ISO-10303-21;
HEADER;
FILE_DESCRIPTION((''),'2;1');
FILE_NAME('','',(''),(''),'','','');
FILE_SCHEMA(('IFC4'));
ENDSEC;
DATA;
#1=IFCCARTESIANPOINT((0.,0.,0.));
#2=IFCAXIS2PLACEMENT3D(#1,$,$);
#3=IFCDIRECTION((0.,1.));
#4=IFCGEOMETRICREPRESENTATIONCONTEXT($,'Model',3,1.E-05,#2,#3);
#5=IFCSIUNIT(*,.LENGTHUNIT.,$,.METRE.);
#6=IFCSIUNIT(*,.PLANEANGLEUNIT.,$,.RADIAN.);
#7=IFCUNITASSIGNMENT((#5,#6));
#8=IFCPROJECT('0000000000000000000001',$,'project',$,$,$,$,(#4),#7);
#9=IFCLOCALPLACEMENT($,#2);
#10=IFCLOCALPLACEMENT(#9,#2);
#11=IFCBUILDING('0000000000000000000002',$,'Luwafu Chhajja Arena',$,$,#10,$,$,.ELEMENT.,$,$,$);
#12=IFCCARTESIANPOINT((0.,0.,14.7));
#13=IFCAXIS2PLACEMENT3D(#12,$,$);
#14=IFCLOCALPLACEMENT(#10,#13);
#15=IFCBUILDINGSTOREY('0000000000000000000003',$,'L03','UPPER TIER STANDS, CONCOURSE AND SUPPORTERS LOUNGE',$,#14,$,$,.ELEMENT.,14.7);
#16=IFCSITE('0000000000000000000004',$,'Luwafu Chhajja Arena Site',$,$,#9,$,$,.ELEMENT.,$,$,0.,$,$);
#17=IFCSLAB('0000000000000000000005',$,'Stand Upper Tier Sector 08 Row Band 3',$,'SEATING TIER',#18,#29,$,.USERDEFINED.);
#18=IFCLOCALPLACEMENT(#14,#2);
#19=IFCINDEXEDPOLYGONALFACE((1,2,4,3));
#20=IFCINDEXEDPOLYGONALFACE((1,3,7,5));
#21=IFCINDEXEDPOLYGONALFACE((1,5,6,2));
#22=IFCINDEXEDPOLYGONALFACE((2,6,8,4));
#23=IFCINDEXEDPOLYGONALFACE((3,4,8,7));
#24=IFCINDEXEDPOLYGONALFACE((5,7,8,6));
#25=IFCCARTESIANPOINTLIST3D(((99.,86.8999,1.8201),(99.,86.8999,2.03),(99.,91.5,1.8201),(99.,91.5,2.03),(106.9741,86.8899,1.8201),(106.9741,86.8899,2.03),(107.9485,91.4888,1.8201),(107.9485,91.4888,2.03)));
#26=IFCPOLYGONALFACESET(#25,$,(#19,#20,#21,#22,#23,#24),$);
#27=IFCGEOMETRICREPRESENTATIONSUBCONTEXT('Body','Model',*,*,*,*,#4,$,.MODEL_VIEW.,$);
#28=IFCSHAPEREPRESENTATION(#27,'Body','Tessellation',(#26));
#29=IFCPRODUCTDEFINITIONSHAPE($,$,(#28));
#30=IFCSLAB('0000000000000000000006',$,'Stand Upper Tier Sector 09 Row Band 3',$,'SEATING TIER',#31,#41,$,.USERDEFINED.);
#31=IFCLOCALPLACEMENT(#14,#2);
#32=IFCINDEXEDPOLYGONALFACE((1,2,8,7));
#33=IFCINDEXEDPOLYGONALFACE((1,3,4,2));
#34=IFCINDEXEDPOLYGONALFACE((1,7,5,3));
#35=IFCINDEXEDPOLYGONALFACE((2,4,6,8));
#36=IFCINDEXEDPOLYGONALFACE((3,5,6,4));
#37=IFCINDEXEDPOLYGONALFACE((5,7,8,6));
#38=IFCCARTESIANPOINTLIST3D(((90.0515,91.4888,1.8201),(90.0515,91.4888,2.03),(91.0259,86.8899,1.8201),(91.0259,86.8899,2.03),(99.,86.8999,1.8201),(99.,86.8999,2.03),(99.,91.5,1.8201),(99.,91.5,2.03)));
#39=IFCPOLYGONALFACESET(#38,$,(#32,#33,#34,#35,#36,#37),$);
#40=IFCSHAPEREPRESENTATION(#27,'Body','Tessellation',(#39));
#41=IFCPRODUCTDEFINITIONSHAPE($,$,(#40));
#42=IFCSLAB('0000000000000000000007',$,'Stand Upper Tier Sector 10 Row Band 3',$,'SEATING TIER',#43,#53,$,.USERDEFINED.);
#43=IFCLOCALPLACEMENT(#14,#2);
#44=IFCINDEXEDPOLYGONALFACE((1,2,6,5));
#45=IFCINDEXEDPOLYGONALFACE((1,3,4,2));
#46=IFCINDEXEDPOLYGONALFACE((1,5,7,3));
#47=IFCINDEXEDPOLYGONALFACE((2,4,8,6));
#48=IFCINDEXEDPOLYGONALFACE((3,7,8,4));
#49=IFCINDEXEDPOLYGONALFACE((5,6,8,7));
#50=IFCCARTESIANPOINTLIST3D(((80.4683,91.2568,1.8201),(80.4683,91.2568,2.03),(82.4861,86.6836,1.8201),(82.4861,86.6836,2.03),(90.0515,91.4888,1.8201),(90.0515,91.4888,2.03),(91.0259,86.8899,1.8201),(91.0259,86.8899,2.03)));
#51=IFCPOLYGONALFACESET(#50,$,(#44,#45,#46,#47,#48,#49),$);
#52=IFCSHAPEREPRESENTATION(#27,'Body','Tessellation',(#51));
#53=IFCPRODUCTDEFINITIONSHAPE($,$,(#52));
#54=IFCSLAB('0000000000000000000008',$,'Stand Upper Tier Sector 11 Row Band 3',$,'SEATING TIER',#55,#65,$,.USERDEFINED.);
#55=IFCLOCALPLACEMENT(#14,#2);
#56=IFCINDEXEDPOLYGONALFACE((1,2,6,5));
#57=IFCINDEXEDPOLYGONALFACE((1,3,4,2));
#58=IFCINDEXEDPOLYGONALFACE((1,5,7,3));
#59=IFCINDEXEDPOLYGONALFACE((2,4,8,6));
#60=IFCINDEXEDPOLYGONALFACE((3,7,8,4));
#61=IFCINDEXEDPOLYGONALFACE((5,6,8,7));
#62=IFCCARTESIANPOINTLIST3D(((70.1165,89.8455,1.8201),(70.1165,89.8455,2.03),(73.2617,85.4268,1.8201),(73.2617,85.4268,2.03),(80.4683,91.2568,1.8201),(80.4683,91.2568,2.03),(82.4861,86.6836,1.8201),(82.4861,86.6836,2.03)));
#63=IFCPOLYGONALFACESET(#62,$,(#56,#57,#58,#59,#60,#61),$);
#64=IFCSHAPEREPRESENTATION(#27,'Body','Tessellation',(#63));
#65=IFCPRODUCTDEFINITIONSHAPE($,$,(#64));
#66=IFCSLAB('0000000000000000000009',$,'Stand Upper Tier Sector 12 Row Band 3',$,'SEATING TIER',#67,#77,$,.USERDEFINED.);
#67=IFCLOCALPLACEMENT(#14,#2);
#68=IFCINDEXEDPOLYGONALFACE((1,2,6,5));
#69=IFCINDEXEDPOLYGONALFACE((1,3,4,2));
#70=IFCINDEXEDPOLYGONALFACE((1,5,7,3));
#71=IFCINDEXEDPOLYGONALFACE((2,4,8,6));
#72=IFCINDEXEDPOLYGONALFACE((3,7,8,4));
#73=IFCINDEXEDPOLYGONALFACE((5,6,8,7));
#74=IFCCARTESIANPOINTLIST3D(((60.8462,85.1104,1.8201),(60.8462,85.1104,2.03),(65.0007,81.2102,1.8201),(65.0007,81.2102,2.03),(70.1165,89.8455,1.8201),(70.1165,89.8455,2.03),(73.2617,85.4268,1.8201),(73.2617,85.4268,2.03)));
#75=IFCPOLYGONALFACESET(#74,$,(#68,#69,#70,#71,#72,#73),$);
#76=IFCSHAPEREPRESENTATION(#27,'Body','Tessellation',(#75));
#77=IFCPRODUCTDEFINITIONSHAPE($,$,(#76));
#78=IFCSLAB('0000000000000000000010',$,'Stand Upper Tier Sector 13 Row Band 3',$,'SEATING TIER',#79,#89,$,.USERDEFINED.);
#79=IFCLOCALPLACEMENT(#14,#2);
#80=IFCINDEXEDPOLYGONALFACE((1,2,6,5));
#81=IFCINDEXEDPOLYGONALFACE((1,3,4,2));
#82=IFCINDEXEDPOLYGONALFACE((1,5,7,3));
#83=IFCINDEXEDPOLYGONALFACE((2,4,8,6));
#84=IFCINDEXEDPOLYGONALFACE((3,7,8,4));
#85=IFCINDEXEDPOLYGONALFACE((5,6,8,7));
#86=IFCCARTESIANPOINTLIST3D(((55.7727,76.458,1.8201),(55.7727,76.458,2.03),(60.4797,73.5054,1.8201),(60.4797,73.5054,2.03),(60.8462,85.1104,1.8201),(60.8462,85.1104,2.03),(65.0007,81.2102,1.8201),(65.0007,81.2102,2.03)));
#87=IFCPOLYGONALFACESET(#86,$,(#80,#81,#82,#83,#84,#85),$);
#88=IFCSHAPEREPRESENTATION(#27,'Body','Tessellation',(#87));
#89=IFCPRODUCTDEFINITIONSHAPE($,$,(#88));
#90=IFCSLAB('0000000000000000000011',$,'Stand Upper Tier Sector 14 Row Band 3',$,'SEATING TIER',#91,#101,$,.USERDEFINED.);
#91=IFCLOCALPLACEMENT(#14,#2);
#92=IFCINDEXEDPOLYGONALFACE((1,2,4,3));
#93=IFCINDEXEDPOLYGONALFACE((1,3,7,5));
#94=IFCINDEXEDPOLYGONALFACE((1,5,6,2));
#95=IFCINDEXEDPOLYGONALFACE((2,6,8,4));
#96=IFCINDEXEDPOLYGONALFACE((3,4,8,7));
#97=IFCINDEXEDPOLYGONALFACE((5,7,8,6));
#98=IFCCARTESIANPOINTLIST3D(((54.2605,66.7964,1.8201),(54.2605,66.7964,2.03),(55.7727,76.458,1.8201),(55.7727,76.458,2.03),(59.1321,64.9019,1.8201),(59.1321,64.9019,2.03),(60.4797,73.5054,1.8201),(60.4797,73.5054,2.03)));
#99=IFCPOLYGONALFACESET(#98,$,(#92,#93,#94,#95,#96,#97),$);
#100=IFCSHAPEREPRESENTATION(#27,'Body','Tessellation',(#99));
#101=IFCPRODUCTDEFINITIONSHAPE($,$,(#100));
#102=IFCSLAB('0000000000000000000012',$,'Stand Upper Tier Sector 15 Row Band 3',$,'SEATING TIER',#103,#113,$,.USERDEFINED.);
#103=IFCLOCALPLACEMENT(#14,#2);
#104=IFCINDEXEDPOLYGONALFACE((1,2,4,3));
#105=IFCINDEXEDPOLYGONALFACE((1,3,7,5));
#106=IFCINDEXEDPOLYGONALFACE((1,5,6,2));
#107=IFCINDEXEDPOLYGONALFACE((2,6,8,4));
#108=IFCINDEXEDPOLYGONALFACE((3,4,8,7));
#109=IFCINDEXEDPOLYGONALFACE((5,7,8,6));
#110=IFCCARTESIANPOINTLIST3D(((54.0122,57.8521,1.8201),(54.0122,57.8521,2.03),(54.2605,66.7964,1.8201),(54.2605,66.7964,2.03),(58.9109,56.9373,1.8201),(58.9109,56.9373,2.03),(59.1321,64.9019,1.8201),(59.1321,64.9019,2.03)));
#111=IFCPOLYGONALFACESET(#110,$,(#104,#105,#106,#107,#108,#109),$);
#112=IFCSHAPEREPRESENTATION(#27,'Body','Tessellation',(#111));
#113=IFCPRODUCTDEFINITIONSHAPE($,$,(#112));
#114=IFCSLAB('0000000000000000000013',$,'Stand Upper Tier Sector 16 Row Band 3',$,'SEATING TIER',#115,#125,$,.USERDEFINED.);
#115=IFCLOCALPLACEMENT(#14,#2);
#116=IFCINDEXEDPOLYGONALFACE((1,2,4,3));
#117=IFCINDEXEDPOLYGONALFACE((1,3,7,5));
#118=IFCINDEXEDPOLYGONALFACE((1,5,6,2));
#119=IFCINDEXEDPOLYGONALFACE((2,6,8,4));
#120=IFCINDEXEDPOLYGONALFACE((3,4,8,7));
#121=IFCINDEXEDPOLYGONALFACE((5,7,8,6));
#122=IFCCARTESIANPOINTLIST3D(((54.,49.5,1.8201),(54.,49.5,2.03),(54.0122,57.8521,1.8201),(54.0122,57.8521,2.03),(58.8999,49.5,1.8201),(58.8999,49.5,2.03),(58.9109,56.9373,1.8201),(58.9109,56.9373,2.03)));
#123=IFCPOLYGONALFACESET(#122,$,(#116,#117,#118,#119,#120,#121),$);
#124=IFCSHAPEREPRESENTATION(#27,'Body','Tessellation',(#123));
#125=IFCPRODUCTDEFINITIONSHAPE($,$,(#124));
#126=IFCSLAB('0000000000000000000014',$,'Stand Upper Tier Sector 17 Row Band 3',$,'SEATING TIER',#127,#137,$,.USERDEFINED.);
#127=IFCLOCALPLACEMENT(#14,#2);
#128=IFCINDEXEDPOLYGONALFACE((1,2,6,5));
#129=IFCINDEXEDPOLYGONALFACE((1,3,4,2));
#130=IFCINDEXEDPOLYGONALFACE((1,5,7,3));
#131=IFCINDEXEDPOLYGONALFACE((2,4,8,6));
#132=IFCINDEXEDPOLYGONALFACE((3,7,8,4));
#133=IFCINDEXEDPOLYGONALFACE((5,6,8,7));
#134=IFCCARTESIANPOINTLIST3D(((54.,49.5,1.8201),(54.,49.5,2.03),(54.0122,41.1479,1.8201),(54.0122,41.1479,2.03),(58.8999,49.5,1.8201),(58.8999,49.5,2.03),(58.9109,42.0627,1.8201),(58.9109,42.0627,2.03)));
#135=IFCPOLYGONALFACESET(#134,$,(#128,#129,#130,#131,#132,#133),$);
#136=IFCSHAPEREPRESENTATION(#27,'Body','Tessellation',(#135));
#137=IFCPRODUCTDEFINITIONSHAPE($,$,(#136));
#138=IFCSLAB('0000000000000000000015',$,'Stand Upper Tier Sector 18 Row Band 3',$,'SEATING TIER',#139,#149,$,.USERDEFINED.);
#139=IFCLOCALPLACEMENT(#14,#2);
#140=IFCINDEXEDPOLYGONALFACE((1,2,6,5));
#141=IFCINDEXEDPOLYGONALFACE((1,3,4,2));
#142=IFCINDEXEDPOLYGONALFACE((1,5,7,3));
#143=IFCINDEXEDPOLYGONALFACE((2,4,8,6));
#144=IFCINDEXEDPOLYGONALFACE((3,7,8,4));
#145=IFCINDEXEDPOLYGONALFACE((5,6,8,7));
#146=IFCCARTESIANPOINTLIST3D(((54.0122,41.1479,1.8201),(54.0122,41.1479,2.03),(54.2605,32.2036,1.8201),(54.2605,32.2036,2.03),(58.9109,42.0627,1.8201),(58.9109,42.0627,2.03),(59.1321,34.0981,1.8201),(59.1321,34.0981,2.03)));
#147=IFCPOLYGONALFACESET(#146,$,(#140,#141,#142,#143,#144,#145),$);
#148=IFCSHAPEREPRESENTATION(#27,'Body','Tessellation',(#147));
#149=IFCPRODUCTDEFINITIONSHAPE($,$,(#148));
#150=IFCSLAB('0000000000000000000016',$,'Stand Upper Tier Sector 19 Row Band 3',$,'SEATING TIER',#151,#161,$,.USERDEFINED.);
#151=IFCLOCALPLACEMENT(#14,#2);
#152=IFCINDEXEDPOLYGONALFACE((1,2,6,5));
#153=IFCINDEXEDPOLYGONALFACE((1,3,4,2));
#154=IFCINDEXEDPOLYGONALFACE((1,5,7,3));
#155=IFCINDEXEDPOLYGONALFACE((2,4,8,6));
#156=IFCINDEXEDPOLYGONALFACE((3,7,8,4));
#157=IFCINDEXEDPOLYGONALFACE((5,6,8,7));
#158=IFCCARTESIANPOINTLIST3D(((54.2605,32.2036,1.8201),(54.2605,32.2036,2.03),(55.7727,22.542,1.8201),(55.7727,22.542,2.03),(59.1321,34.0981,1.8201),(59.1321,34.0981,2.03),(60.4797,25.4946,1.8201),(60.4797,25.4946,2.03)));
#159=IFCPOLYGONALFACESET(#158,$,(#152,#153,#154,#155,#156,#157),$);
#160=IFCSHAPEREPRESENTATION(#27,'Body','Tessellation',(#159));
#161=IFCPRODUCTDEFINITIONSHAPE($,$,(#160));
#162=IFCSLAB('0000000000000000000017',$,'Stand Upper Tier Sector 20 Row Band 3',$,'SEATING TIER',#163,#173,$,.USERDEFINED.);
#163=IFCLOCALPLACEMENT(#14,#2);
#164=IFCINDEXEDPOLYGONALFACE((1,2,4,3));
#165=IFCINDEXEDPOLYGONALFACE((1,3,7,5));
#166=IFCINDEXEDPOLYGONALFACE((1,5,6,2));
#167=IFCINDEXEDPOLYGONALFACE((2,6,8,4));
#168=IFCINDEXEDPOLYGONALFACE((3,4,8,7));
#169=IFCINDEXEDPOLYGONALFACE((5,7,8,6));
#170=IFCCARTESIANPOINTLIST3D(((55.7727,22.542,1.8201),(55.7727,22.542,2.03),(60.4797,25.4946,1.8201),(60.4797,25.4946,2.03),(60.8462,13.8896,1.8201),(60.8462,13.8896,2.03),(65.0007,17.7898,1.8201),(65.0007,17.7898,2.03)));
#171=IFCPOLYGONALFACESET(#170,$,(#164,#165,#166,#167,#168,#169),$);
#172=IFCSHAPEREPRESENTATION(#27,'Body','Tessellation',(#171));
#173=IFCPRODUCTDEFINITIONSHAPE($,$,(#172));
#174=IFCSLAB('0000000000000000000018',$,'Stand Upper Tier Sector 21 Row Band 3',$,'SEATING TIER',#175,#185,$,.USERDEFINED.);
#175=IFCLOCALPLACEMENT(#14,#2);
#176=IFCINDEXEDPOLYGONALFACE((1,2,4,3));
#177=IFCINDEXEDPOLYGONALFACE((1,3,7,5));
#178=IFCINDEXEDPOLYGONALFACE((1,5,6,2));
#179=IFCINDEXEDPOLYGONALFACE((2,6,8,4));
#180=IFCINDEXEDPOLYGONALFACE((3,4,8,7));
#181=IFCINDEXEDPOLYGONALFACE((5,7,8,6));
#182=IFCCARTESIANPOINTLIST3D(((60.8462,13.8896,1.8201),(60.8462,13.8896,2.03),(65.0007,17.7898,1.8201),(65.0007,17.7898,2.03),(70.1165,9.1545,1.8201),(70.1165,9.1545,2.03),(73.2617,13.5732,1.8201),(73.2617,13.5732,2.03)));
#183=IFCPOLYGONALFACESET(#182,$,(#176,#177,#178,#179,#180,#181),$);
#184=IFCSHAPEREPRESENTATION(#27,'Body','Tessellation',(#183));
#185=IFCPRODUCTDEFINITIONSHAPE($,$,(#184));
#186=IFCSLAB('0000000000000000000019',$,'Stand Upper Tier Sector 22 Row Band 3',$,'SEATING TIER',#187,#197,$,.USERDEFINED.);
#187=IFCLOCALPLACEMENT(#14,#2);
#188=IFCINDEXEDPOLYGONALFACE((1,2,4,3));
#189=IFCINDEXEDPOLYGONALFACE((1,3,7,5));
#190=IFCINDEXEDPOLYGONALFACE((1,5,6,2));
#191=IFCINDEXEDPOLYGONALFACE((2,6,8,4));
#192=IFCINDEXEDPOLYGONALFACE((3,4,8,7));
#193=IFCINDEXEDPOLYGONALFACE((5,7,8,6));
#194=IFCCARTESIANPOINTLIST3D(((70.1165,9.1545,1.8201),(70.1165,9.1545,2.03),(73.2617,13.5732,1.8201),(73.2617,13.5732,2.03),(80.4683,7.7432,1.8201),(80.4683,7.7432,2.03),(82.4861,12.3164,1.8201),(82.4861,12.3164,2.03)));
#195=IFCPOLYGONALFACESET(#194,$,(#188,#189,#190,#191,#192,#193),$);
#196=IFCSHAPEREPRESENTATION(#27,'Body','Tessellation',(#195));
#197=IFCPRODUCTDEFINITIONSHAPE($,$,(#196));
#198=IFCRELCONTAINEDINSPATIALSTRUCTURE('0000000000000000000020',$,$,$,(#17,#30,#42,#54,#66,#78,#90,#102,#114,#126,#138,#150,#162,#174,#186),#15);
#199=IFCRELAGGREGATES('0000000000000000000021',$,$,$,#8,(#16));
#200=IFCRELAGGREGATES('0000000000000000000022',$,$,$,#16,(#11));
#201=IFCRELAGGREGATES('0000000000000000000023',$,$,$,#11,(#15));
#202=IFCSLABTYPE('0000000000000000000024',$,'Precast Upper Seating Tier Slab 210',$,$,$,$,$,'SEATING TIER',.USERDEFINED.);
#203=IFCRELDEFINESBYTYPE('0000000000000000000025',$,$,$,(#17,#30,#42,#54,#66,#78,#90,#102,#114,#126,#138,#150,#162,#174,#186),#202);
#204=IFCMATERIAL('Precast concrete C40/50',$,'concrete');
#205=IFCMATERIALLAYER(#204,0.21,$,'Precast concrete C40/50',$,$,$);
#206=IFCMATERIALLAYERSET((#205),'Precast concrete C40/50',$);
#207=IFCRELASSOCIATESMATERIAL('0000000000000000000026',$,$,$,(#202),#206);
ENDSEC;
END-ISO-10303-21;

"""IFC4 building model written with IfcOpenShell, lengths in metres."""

from ifc_helpers import new_model, si_unit, direction, frame, origin, place, context, subcontext, project, spatial, polyline, outline, extrude, material, layer, layer_set, type_object, element, save


model = new_model("IFC4")

# Units and contexts
model_context = context("Model", 3, precision=1e-05, world=origin(), true_north=direction((0.0, 1.0)))
body_context = subcontext(model_context, "Body", "Model", "MODEL_VIEW")
ifc_project = project(units=[si_unit("LENGTHUNIT", "METRE"), si_unit("PLANEANGLEUNIT", "RADIAN")], contexts=[model_context])

# Site, building, storey
site_placement = place(None, origin())
site = spatial("IfcSite", under=ifc_project, at=site_placement, Name="Luwafu Chhajja Arena Site", CompositionType="ELEMENT", RefElevation=0.0)
building_placement = place(site_placement, origin())
building = spatial("IfcBuilding", under=site, at=building_placement, Name="Luwafu Chhajja Arena", CompositionType="ELEMENT")
storey_placement = place(building_placement, frame((0.0, 0.0, 14.7)))
storey = spatial("IfcBuildingStorey", under=building, at=storey_placement, Name="L03", Description="UPPER TIER STANDS, CONCOURSE AND SUPPORTERS LOUNGE", CompositionType="ELEMENT", Elevation=14.7)

# Slabs
ifc_material = material(Name="Precast concrete C40/50", Category="concrete")
ifc_layer = layer(ifc_material, 0.21, Name="Precast concrete C40/50")
ifc_layer_set = layer_set([ifc_layer], Name="Precast concrete C40/50")
slab_type = type_object("IfcSlabType", Name="Precast Upper Seating Tier Slab 210", ElementType="SEATING TIER", PredefinedType="USERDEFINED", material=ifc_layer_set)
slab_1_placement = place(storey_placement, frame((0.0, 0.0, 1.8201)))
element("IfcSlab", 1, at=slab_1_placement, inside=storey, type_object=slab_type, Name="Stand Upper Tier Sector 08 Row Band 3", ObjectType="SEATING TIER", PredefinedType="USERDEFINED", context=body_context, shape_type="SweptSolid", body=[
    extrude(outline(polyline([(106.9741, 86.8899), (99.0, 86.8999), (99.0, 91.5), (107.9485, 91.4888), (106.9741, 86.8899)])), origin(), (0.0, 0.0, 1.0), 0.21),
])
slab_2_placement = place(storey_placement, frame((0.0, 0.0, 1.8201)))
element("IfcSlab", 2, at=slab_2_placement, inside=storey, type_object=slab_type, Name="Stand Upper Tier Sector 09 Row Band 3", ObjectType="SEATING TIER", PredefinedType="USERDEFINED", context=body_context, shape_type="SweptSolid", body=[
    extrude(outline(polyline([(99.0, 86.8999), (91.0259, 86.8899), (90.0515, 91.4888), (99.0, 91.5), (99.0, 86.8999)])), origin(), (0.0, 0.0, 1.0), 0.21),
])
slab_3_placement = place(storey_placement, frame((0.0, 0.0, 1.8201)))
element("IfcSlab", 3, at=slab_3_placement, inside=storey, type_object=slab_type, Name="Stand Upper Tier Sector 10 Row Band 3", ObjectType="SEATING TIER", PredefinedType="USERDEFINED", context=body_context, shape_type="SweptSolid", body=[
    extrude(outline(polyline([(91.0259, 86.8899), (82.4861, 86.6836), (80.4683, 91.2568), (90.0515, 91.4888), (91.0259, 86.8899)])), origin(), (0.0, 0.0, 1.0), 0.21),
])
slab_4_placement = place(storey_placement, frame((0.0, 0.0, 1.8201)))
element("IfcSlab", 4, at=slab_4_placement, inside=storey, type_object=slab_type, Name="Stand Upper Tier Sector 11 Row Band 3", ObjectType="SEATING TIER", PredefinedType="USERDEFINED", context=body_context, shape_type="SweptSolid", body=[
    extrude(outline(polyline([(82.4861, 86.6836), (73.2617, 85.4268), (70.1165, 89.8455), (80.4683, 91.2568), (82.4861, 86.6836)])), origin(), (0.0, 0.0, 1.0), 0.21),
])
slab_5_placement = place(storey_placement, frame((0.0, 0.0, 1.8201)))
element("IfcSlab", 5, at=slab_5_placement, inside=storey, type_object=slab_type, Name="Stand Upper Tier Sector 12 Row Band 3", ObjectType="SEATING TIER", PredefinedType="USERDEFINED", context=body_context, shape_type="SweptSolid", body=[
    extrude(outline(polyline([(73.2617, 85.4268), (65.0007, 81.2102), (60.8462, 85.1104), (70.1165, 89.8455), (73.2617, 85.4268)])), origin(), (0.0, 0.0, 1.0), 0.21),
])
slab_6_placement = place(storey_placement, frame((0.0, 0.0, 1.8201)))
element("IfcSlab", 6, at=slab_6_placement, inside=storey, type_object=slab_type, Name="Stand Upper Tier Sector 13 Row Band 3", ObjectType="SEATING TIER", PredefinedType="USERDEFINED", context=body_context, shape_type="SweptSolid", body=[
    extrude(outline(polyline([(65.0007, 81.2102), (60.4797, 73.5054), (55.7727, 76.458), (60.8462, 85.1104), (65.0007, 81.2102)])), origin(), (0.0, 0.0, 1.0), 0.21),
])
slab_7_placement = place(storey_placement, frame((0.0, 0.0, 1.8201)))
element("IfcSlab", 7, at=slab_7_placement, inside=storey, type_object=slab_type, Name="Stand Upper Tier Sector 14 Row Band 3", ObjectType="SEATING TIER", PredefinedType="USERDEFINED", context=body_context, shape_type="SweptSolid", body=[
    extrude(outline(polyline([(60.4797, 73.5054), (59.1321, 64.9019), (54.2605, 66.7964), (55.7727, 76.458), (60.4797, 73.5054)])), origin(), (0.0, 0.0, 1.0), 0.21),
])
slab_8_placement = place(storey_placement, frame((0.0, 0.0, 1.8201)))
element("IfcSlab", 8, at=slab_8_placement, inside=storey, type_object=slab_type, Name="Stand Upper Tier Sector 15 Row Band 3", ObjectType="SEATING TIER", PredefinedType="USERDEFINED", context=body_context, shape_type="SweptSolid", body=[
    extrude(outline(polyline([(59.1321, 64.9019), (58.9109, 56.9373), (54.0122, 57.8521), (54.2605, 66.7964), (59.1321, 64.9019)])), origin(), (0.0, 0.0, 1.0), 0.21),
])
slab_9_placement = place(storey_placement, frame((0.0, 0.0, 1.8201)))
element("IfcSlab", 9, at=slab_9_placement, inside=storey, type_object=slab_type, Name="Stand Upper Tier Sector 16 Row Band 3", ObjectType="SEATING TIER", PredefinedType="USERDEFINED", context=body_context, shape_type="SweptSolid", body=[
    extrude(outline(polyline([(58.9109, 56.9373), (58.8999, 49.5), (54.0, 49.5), (54.0122, 57.8521), (58.9109, 56.9373)])), origin(), (0.0, 0.0, 1.0), 0.21),
])
slab_10_placement = place(storey_placement, frame((0.0, 0.0, 1.8201)))
element("IfcSlab", 10, at=slab_10_placement, inside=storey, type_object=slab_type, Name="Stand Upper Tier Sector 17 Row Band 3", ObjectType="SEATING TIER", PredefinedType="USERDEFINED", context=body_context, shape_type="SweptSolid", body=[
    extrude(outline(polyline([(58.8999, 49.5), (58.9109, 42.0627), (54.0122, 41.1479), (54.0, 49.5), (58.8999, 49.5)])), origin(), (0.0, 0.0, 1.0), 0.21),
])
slab_11_placement = place(storey_placement, frame((0.0, 0.0, 1.8201)))
element("IfcSlab", 11, at=slab_11_placement, inside=storey, type_object=slab_type, Name="Stand Upper Tier Sector 18 Row Band 3", ObjectType="SEATING TIER", PredefinedType="USERDEFINED", context=body_context, shape_type="SweptSolid", body=[
    extrude(outline(polyline([(58.9109, 42.0627), (59.1321, 34.0981), (54.2605, 32.2036), (54.0122, 41.1479), (58.9109, 42.0627)])), origin(), (0.0, 0.0, 1.0), 0.21),
])
slab_12_placement = place(storey_placement, frame((0.0, 0.0, 1.8201)))
element("IfcSlab", 12, at=slab_12_placement, inside=storey, type_object=slab_type, Name="Stand Upper Tier Sector 19 Row Band 3", ObjectType="SEATING TIER", PredefinedType="USERDEFINED", context=body_context, shape_type="SweptSolid", body=[
    extrude(outline(polyline([(59.1321, 34.0981), (60.4797, 25.4946), (55.7727, 22.542), (54.2605, 32.2036), (59.1321, 34.0981)])), origin(), (0.0, 0.0, 1.0), 0.21),
])
slab_13_placement = place(storey_placement, frame((0.0, 0.0, 1.8201)))
element("IfcSlab", 13, at=slab_13_placement, inside=storey, type_object=slab_type, Name="Stand Upper Tier Sector 20 Row Band 3", ObjectType="SEATING TIER", PredefinedType="USERDEFINED", context=body_context, shape_type="SweptSolid", body=[
    extrude(outline(polyline([(60.4797, 25.4946), (65.0007, 17.7898), (60.8462, 13.8896), (55.7727, 22.542), (60.4797, 25.4946)])), origin(), (0.0, 0.0, 1.0), 0.21),
])
slab_14_placement = place(storey_placement, frame((0.0, 0.0, 1.8201)))
element("IfcSlab", 14, at=slab_14_placement, inside=storey, type_object=slab_type, Name="Stand Upper Tier Sector 21 Row Band 3", ObjectType="SEATING TIER", PredefinedType="USERDEFINED", context=body_context, shape_type="SweptSolid", body=[
    extrude(outline(polyline([(65.0007, 17.7898), (73.2617, 13.5732), (70.1165, 9.1545), (60.8462, 13.8896), (65.0007, 17.7898)])), origin(), (0.0, 0.0, 1.0), 0.21),
])
slab_15_placement = place(storey_placement, frame((0.0, 0.0, 1.8201)))
element("IfcSlab", 15, at=slab_15_placement, inside=storey, type_object=slab_type, Name="Stand Upper Tier Sector 22 Row Band 3", ObjectType="SEATING TIER", PredefinedType="USERDEFINED", context=body_context, shape_type="SweptSolid", body=[
    extrude(outline(polyline([(73.2617, 13.5732), (82.4861, 12.3164), (80.4683, 7.7432), (70.1165, 9.1545), (73.2617, 13.5732)])), origin(), (0.0, 0.0, 1.0), 0.21),
])

save(model, "model.ifc")
